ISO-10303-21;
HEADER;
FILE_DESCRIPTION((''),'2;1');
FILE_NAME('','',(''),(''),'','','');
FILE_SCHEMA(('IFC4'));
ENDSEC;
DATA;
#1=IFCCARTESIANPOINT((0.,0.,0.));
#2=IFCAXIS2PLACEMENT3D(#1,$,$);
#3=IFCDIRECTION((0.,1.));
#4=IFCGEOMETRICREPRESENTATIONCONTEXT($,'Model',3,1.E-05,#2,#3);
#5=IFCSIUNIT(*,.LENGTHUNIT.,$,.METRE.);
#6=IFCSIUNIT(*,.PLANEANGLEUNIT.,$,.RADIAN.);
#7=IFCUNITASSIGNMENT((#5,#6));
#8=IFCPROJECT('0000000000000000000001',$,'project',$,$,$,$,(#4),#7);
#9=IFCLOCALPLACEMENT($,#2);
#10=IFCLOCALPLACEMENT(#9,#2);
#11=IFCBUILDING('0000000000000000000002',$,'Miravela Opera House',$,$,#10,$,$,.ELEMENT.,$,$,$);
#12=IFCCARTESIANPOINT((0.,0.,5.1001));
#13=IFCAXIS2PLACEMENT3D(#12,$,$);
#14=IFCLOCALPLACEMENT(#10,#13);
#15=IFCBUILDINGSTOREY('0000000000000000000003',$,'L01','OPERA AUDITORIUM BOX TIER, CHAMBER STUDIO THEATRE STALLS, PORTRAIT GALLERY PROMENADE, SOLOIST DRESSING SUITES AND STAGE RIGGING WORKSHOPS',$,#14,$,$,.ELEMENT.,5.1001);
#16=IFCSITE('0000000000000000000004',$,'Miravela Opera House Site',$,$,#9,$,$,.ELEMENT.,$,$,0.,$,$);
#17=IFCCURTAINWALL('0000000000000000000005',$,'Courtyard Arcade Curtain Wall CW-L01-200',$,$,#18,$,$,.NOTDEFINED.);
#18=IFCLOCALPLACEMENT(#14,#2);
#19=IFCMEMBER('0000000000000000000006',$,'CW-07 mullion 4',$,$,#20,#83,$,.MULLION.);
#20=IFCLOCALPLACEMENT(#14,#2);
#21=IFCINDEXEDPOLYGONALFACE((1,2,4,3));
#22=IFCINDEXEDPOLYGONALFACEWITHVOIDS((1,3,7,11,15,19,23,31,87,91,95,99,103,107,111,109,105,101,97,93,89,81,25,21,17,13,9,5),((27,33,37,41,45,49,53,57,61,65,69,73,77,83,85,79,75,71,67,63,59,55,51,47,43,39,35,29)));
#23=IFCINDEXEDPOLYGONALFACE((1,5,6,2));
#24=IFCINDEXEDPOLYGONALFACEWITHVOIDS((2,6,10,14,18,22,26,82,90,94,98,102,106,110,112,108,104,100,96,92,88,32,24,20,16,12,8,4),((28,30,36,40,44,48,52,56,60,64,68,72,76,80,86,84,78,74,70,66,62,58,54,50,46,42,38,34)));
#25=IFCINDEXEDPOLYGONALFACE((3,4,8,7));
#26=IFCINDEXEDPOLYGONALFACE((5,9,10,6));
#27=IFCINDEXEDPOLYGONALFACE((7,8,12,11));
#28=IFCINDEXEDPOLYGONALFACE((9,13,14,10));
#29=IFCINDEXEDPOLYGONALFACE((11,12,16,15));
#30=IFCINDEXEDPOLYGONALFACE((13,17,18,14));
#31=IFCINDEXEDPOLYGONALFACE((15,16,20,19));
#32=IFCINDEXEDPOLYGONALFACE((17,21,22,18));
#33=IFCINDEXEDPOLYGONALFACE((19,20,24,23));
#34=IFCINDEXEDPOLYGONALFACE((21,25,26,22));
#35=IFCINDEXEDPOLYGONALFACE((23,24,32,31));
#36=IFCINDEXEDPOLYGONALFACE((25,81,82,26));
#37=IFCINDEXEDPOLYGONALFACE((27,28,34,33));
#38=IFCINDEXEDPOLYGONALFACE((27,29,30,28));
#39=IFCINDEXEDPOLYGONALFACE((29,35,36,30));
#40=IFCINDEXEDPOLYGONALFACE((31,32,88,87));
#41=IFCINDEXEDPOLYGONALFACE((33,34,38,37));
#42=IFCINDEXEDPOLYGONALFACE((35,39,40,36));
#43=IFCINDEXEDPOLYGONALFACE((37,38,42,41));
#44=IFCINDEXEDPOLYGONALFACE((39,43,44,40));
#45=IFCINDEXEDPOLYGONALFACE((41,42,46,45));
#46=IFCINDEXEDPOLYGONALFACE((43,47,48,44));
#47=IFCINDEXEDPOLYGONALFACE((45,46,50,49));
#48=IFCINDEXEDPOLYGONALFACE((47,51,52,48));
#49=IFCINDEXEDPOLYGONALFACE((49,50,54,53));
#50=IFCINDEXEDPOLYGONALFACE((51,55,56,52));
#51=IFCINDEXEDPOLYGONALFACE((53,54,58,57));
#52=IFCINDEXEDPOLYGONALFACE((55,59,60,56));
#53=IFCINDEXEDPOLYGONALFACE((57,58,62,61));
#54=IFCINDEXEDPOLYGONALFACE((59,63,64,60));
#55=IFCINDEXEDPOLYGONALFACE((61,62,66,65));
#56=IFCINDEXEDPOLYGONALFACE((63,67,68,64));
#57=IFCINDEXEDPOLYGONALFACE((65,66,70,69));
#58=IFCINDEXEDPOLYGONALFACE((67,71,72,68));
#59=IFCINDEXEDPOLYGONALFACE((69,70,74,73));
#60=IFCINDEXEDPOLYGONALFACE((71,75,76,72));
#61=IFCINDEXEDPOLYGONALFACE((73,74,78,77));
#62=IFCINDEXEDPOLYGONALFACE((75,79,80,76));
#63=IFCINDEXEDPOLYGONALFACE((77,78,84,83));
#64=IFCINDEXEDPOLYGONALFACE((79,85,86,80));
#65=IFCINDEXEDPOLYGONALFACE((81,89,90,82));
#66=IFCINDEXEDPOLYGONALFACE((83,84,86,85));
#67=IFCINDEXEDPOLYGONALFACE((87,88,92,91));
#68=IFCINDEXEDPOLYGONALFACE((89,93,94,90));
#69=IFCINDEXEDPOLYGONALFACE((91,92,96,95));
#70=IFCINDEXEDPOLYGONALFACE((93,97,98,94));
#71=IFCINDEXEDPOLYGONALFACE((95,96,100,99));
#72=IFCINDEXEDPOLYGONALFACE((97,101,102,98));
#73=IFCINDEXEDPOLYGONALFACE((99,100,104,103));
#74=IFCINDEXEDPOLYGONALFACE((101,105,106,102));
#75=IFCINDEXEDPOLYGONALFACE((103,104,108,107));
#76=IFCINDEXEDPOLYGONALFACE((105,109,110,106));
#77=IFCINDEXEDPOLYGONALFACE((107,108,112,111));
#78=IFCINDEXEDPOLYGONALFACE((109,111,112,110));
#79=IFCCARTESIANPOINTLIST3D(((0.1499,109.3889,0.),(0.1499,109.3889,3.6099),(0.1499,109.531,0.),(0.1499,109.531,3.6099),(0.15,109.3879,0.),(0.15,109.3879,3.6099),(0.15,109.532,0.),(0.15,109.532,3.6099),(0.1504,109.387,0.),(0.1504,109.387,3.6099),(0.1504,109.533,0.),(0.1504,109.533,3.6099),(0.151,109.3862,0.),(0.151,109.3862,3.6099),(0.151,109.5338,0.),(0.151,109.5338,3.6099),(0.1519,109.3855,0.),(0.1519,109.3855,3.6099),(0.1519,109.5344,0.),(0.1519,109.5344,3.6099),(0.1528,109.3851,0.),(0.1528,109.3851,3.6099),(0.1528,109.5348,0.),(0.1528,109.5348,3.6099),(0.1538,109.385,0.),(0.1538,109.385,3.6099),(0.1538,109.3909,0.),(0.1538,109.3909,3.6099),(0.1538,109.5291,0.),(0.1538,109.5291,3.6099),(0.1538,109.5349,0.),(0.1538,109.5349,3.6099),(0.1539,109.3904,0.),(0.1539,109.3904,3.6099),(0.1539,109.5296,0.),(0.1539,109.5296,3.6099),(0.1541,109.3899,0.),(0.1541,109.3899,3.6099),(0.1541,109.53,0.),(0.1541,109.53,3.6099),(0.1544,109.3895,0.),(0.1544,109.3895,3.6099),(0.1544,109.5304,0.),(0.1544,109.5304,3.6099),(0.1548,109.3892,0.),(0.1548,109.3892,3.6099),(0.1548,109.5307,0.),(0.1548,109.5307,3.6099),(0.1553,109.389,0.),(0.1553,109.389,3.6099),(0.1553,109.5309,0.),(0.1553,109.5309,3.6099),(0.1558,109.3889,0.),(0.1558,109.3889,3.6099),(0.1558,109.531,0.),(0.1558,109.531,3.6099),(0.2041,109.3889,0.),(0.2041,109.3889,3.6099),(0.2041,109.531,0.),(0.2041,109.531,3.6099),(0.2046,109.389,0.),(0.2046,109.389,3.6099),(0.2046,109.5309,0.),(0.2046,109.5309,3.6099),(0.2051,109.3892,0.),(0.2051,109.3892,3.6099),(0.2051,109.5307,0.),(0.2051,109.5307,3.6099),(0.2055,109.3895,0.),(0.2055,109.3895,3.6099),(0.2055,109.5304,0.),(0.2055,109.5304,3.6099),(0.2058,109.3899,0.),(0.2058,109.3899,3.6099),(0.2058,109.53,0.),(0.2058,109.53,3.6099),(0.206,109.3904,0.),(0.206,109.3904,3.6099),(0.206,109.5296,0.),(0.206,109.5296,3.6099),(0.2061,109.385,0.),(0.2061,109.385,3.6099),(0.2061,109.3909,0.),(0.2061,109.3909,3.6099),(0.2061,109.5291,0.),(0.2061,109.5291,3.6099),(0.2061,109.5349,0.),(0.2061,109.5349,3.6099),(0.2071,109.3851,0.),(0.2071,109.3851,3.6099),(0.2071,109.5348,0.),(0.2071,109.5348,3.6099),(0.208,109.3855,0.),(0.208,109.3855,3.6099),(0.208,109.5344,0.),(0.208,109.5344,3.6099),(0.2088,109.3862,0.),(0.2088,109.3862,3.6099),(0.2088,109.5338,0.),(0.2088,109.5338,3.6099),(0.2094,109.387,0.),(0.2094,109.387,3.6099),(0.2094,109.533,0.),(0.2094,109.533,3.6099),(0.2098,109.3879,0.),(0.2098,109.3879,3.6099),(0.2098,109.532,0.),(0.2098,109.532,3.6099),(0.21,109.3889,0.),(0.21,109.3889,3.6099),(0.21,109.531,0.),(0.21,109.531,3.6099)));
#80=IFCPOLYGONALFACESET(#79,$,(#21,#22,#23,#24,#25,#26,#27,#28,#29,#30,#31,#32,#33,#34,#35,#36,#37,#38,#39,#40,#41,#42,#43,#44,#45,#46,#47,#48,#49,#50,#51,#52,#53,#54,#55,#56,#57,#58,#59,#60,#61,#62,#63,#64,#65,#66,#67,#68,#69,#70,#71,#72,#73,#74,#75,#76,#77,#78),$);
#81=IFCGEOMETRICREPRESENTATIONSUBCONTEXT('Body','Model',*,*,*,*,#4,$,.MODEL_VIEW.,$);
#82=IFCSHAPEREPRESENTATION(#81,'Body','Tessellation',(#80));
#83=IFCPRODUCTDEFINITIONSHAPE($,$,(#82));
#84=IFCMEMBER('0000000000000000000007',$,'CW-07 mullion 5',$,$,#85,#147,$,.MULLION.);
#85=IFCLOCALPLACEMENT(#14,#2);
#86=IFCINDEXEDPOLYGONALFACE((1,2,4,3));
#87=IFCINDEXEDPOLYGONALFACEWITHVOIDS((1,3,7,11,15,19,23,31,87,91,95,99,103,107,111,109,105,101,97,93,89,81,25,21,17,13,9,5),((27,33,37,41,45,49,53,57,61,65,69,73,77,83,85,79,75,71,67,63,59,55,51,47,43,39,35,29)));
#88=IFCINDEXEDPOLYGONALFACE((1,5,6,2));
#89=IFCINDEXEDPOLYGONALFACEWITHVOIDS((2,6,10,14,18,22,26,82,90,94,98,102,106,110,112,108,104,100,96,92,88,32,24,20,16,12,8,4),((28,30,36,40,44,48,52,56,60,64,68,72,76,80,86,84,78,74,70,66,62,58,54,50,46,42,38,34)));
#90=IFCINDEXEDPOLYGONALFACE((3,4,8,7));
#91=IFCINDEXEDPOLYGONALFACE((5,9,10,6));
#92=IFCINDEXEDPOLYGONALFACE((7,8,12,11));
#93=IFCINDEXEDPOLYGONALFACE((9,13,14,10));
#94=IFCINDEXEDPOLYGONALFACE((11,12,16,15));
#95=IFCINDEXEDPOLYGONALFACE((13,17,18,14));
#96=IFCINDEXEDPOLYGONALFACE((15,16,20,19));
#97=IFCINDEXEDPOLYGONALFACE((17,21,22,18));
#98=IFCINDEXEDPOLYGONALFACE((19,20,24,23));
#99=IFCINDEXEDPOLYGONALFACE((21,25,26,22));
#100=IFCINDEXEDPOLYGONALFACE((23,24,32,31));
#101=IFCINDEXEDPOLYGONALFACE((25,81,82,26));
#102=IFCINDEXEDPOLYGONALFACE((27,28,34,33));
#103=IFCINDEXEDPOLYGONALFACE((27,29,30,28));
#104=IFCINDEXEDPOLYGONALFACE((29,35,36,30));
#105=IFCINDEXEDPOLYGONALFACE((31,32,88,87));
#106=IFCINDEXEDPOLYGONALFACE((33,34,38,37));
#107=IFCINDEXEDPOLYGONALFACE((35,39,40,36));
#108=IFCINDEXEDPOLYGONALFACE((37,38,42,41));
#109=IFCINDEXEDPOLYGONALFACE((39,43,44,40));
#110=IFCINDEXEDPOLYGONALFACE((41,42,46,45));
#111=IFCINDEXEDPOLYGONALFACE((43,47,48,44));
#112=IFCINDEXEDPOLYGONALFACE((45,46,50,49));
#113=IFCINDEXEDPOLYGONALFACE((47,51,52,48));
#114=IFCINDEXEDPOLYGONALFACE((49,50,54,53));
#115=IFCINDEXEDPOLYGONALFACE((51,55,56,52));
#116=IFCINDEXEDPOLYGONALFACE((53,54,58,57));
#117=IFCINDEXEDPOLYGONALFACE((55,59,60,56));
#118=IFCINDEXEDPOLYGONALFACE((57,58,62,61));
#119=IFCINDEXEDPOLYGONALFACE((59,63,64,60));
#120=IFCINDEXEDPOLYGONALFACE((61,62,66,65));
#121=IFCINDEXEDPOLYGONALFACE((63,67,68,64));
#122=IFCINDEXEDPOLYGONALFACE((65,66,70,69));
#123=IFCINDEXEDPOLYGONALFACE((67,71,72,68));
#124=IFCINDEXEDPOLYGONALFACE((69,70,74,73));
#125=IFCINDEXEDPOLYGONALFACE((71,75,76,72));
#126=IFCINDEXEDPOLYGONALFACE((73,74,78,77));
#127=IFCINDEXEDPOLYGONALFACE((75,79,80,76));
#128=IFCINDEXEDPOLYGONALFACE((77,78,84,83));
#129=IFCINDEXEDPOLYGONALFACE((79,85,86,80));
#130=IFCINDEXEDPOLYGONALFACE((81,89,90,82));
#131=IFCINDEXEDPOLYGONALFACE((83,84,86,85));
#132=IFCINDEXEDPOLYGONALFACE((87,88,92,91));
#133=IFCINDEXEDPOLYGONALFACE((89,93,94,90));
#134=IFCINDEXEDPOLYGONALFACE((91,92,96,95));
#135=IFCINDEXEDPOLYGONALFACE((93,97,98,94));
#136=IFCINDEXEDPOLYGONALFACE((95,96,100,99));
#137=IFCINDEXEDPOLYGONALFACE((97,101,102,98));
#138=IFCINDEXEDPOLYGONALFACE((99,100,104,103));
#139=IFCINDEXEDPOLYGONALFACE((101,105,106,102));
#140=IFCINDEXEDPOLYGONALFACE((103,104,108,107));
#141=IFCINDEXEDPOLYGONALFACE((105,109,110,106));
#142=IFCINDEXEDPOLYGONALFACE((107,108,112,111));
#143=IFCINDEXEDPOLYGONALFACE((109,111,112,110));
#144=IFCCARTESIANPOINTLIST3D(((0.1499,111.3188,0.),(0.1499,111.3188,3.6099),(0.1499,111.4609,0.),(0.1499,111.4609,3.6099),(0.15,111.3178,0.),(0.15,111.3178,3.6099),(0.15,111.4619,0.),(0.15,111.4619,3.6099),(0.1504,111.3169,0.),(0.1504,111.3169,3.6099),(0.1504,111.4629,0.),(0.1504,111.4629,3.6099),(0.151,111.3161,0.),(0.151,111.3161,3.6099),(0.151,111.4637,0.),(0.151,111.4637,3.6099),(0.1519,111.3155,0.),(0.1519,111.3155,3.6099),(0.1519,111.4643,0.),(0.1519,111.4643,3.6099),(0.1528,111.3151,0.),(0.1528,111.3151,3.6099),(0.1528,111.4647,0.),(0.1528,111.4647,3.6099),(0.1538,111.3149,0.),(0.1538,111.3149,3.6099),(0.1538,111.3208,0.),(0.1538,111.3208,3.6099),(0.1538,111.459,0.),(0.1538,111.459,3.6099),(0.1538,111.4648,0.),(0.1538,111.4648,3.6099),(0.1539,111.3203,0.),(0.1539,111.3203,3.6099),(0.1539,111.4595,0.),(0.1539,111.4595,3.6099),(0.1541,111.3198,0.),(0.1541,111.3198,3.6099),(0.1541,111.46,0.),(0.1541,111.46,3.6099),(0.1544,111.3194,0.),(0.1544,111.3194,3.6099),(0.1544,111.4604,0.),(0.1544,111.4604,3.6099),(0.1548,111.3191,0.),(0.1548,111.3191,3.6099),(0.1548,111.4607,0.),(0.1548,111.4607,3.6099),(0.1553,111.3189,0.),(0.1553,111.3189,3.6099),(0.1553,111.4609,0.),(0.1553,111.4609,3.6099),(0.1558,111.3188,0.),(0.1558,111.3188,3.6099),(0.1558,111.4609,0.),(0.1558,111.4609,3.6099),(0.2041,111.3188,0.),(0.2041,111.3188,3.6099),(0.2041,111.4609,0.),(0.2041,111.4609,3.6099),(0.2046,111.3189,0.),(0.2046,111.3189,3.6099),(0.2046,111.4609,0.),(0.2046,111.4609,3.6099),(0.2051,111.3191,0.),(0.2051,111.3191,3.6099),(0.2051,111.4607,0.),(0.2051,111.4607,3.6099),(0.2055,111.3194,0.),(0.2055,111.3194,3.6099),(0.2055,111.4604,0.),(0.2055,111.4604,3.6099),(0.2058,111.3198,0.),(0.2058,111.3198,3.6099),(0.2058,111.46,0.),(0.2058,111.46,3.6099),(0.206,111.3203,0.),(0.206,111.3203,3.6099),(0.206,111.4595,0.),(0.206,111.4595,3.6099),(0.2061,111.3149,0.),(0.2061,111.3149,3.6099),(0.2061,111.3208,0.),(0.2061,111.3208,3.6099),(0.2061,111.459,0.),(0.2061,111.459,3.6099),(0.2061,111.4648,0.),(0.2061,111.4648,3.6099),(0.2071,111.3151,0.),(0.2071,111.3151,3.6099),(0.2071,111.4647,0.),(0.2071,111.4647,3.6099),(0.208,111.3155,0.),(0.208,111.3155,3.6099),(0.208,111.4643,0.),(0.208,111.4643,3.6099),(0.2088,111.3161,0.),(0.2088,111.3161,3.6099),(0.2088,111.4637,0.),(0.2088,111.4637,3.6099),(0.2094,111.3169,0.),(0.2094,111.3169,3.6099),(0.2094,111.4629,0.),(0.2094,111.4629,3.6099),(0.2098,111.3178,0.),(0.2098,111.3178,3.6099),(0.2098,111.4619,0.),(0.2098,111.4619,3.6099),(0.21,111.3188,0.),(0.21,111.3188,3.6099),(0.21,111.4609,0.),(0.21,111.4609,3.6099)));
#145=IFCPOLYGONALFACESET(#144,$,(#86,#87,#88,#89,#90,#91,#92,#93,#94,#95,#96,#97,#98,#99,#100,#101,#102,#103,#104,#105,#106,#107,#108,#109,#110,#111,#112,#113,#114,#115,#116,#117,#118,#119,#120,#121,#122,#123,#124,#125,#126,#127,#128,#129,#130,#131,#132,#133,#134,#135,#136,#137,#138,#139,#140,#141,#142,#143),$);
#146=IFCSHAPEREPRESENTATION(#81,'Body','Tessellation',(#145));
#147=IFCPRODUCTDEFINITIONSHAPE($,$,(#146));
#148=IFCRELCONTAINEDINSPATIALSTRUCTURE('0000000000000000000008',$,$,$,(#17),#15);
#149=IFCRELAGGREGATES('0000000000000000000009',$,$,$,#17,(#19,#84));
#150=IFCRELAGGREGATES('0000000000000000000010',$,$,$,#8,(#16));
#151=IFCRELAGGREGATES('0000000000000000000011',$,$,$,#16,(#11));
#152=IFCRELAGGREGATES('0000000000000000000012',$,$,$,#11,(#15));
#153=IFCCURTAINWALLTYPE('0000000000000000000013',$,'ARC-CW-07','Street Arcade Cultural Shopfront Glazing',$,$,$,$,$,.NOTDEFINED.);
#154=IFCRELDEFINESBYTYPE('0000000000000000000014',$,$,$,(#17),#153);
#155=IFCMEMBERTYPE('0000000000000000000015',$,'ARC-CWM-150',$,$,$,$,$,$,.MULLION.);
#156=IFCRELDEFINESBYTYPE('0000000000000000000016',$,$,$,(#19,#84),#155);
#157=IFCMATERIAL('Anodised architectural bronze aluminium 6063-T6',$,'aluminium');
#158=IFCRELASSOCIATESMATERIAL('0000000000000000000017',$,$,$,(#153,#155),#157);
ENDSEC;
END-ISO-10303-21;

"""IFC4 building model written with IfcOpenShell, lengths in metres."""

from ifc_helpers import new_model, si_unit, direction, frame, origin, origin_2d, place, context, subcontext, project, spatial, hollow_rectangle, extrude, material, material_profile, profile_set, type_object, element, aggregate, save


model = new_model("IFC4")

# Units and contexts
model_context = context("Model", 3, precision=1e-05, world=origin(), true_north=direction((0.0, 1.0)))
body_context = subcontext(model_context, "Body", "Model", "MODEL_VIEW")
ifc_project = project(units=[si_unit("LENGTHUNIT", "METRE"), si_unit("PLANEANGLEUNIT", "RADIAN")], contexts=[model_context])

# Site, building, storey
site_placement = place(None, origin())
site = spatial("IfcSite", under=ifc_project, at=site_placement, Name="Miravela Opera House Site", CompositionType="ELEMENT", RefElevation=0.0)
building_placement = place(site_placement, origin())
building = spatial("IfcBuilding", under=site, at=building_placement, Name="Miravela Opera House", CompositionType="ELEMENT")
storey_placement = place(building_placement, frame((0.0, 0.0, 5.1001)))
storey = spatial("IfcBuildingStorey", under=building, at=storey_placement, Name="L01", Description="OPERA AUDITORIUM BOX TIER, CHAMBER STUDIO THEATRE STALLS, PORTRAIT GALLERY PROMENADE, SOLOIST DRESSING SUITES AND STAGE RIGGING WORKSHOPS", CompositionType="ELEMENT", Elevation=5.1001)

# Curtain wall, members
ifc_material_1 = material(Name="Anodised architectural bronze aluminium 6063-T6", Category="aluminium")
curtain_wall_type = type_object("IfcCurtainWallType", Name="ARC-CW-07", Description="Street Arcade Cultural Shopfront Glazing", PredefinedType="NOTDEFINED", material=ifc_material_1)
curtain_wall_placement = place(storey_placement, origin())
curtain_wall = element("IfcCurtainWall", 1, at=curtain_wall_placement, inside=storey, type_object=curtain_wall_type, Name="Courtyard Arcade Curtain Wall CW-L01-200", PredefinedType="NOTDEFINED")
ifc_material_profile_1 = material_profile(ifc_material_1, hollow_rectangle(XDim=0.0601, YDim=0.1499, WallThickness=0.0039, InnerFilletRadius=0.002, OuterFilletRadius=0.0039, at=origin_2d()), Name="CWM-60X150")
ifc_profile_set_1 = profile_set([ifc_material_profile_1])
member_type_1 = type_object("IfcMemberType", Name="ARC-CWM-150", PredefinedType="MULLION", material=ifc_profile_set_1)
member_1_placement = place(storey_placement, frame((0.1799, 109.46, 0.0), z_axis=(0.0, 0.0, 1.0), x_axis=(-1.0, 0.0, 0.0)))
member_1 = element("IfcMember", 2, at=member_1_placement, type_object=member_type_1, Name="CW-07 mullion 4", PredefinedType="MULLION", context=body_context, shape_type="SweptSolid", body=[
    extrude(hollow_rectangle(XDim=0.0601, YDim=0.1499, WallThickness=0.0039, InnerFilletRadius=0.002, OuterFilletRadius=0.0039, at=origin_2d()), origin(), (0.0, 0.0, 1.0), 3.6099),
])
member_2_placement = place(storey_placement, frame((0.1799, 111.3899, 0.0), z_axis=(0.0, 0.0, 1.0), x_axis=(-1.0, 0.0, 0.0)))
member_2 = element("IfcMember", 3, at=member_2_placement, type_object=member_type_1, Name="CW-07 mullion 5", PredefinedType="MULLION", context=body_context, shape_type="SweptSolid", body=[
    extrude(hollow_rectangle(XDim=0.0601, YDim=0.1499, WallThickness=0.0039, InnerFilletRadius=0.002, OuterFilletRadius=0.0039, at=origin_2d()), origin(), (0.0, 0.0, 1.0), 3.6099),
])

aggregate(curtain_wall, [member_1, member_2])

save(model, "model.ifc")
